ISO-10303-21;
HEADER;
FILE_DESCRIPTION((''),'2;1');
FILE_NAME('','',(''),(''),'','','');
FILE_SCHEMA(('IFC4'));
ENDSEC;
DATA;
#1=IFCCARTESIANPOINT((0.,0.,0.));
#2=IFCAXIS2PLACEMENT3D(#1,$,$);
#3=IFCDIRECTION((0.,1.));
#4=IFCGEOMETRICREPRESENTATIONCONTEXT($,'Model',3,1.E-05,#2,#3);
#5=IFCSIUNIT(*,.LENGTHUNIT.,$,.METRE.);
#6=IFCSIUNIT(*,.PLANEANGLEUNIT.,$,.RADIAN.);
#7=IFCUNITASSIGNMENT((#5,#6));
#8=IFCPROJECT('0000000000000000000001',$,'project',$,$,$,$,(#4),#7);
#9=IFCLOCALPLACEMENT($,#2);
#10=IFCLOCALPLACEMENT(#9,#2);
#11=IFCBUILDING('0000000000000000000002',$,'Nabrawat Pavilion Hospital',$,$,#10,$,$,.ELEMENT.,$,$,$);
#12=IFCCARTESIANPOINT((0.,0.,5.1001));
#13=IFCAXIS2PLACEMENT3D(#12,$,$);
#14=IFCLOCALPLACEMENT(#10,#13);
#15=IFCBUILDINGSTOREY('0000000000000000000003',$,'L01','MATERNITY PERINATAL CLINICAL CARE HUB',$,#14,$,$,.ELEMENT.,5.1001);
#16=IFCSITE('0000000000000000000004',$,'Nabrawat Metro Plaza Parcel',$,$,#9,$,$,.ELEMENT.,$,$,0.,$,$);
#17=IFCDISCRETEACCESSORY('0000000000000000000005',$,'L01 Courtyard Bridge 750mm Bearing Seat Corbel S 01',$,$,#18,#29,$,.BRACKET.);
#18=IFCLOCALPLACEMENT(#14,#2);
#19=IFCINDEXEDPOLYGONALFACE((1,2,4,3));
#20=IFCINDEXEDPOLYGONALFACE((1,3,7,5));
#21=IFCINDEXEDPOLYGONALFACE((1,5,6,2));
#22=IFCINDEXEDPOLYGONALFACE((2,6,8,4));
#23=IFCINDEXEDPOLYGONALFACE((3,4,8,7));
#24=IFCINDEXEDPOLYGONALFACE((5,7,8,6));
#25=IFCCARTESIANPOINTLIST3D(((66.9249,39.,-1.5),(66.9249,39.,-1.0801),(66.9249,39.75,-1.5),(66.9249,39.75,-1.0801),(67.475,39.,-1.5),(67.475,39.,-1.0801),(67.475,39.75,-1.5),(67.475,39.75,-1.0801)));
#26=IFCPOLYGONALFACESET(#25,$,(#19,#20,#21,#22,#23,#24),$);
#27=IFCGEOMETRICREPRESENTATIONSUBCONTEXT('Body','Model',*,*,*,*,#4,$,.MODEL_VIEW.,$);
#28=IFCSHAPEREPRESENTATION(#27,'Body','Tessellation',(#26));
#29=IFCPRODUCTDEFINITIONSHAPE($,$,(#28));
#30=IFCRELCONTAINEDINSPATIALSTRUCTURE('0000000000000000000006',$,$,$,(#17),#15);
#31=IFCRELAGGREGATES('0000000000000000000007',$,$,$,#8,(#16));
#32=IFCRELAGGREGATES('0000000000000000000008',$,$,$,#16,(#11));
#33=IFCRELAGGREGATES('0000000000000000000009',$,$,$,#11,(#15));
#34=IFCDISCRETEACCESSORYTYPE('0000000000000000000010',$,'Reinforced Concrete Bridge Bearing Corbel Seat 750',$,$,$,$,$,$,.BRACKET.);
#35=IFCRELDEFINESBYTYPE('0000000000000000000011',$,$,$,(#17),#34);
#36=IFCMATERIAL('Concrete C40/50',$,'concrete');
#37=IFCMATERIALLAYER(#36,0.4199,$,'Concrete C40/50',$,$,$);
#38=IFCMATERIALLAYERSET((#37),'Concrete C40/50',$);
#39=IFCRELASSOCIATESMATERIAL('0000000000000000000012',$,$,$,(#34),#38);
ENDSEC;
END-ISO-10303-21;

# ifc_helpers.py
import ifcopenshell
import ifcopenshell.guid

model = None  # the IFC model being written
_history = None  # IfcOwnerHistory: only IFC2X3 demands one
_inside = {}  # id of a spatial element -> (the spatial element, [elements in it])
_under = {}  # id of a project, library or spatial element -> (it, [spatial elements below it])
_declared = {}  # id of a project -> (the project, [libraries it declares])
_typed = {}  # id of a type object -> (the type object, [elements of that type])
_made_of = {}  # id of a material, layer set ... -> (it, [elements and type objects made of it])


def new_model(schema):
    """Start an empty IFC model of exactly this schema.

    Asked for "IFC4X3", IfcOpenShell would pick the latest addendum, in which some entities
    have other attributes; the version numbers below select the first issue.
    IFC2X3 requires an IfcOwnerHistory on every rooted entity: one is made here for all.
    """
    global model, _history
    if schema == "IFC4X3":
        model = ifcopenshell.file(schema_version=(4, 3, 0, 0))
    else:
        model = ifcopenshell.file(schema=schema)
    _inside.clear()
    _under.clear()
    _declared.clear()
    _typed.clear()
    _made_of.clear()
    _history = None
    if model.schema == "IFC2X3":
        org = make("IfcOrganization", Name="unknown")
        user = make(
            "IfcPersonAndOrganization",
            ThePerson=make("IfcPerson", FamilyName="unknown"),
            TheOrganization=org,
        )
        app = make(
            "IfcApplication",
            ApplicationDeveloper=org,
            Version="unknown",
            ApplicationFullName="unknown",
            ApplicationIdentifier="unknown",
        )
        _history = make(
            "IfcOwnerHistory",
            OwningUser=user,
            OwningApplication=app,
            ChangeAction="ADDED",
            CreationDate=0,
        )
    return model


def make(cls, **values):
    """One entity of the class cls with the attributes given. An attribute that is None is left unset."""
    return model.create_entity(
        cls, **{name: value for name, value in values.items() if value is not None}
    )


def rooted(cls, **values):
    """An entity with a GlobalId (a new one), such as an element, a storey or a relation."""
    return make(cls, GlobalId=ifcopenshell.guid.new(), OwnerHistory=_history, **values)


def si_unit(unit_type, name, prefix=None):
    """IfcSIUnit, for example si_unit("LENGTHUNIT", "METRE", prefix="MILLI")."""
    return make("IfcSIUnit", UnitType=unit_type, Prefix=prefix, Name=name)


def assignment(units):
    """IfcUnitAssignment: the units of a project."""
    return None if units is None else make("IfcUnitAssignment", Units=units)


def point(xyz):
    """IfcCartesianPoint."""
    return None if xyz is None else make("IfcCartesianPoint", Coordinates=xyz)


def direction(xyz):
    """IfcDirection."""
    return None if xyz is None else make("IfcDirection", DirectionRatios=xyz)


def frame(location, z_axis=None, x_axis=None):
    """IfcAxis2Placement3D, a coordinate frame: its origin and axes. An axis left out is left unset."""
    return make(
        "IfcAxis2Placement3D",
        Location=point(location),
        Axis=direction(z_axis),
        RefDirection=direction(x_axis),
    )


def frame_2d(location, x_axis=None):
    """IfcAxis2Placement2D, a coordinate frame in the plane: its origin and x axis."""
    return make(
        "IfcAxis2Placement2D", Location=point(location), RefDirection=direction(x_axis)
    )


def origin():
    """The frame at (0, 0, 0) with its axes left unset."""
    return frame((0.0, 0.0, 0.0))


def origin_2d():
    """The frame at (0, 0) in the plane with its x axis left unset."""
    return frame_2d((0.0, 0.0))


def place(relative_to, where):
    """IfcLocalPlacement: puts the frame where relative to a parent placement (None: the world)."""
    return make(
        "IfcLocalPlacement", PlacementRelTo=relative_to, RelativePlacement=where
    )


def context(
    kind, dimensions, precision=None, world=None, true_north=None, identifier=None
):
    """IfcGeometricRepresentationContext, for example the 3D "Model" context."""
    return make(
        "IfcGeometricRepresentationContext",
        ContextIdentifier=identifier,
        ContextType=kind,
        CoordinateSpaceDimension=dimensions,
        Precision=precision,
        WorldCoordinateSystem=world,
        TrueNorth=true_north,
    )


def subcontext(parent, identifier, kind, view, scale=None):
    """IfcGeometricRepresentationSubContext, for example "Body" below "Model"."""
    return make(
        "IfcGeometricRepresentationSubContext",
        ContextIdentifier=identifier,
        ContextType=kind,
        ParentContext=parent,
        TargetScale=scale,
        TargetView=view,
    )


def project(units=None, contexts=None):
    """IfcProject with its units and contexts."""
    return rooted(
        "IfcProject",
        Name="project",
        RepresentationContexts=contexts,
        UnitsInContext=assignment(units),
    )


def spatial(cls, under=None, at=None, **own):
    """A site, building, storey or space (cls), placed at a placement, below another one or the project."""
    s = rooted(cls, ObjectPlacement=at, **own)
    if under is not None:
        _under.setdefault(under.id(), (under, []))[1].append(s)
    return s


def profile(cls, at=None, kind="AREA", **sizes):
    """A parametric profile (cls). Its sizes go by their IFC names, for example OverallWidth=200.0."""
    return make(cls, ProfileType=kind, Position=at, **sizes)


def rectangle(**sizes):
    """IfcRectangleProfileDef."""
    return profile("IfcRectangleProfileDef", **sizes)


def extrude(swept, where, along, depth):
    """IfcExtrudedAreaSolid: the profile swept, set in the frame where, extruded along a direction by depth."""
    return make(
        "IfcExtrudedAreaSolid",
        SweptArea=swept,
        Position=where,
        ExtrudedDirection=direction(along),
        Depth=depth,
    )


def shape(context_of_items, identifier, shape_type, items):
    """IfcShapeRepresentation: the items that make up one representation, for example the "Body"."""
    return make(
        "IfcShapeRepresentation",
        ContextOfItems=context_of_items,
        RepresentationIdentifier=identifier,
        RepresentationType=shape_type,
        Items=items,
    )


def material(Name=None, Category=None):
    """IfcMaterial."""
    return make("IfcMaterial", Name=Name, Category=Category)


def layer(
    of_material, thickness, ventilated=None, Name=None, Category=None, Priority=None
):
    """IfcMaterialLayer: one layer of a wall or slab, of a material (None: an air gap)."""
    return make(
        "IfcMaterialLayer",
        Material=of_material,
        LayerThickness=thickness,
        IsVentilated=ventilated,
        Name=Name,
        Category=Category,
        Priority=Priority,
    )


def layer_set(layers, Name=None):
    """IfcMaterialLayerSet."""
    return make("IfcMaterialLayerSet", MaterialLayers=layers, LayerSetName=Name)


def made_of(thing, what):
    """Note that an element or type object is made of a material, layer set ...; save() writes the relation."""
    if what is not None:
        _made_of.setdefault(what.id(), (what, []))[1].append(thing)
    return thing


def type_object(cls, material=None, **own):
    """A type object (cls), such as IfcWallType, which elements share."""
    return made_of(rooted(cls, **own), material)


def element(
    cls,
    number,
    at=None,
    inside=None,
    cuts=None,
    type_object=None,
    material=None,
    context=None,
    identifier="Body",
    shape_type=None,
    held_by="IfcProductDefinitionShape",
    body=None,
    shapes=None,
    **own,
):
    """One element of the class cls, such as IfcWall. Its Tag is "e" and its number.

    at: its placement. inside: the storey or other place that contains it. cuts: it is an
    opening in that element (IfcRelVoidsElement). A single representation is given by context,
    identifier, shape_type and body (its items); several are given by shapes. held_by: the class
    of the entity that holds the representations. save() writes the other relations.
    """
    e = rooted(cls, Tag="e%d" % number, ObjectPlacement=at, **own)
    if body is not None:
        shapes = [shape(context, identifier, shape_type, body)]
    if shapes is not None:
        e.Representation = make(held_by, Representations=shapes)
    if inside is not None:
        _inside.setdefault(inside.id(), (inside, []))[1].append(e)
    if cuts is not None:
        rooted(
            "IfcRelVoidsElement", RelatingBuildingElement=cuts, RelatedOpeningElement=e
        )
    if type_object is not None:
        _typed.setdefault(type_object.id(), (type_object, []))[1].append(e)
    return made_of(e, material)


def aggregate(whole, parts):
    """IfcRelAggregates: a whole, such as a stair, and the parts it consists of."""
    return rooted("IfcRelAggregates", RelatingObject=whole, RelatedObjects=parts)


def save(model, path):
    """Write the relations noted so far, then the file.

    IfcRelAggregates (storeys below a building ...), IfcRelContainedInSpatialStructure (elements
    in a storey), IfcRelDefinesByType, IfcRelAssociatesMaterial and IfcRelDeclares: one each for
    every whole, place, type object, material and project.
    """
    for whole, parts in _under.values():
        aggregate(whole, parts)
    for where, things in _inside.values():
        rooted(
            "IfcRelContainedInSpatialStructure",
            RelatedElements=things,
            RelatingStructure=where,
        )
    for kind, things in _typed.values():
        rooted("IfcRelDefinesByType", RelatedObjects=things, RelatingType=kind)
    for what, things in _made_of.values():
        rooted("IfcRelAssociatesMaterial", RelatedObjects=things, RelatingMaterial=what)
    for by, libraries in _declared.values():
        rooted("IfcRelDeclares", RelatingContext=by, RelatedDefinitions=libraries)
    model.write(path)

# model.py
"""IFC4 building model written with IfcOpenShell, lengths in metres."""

from ifc_helpers import new_model, si_unit, direction, frame, origin, origin_2d, place, context, subcontext, project, spatial, rectangle, extrude, material, layer, layer_set, type_object, element, save


model = new_model("IFC4")

# Units and contexts
model_context = context("Model", 3, precision=1e-05, world=origin(), true_north=direction((0.0, 1.0)))
body_context = subcontext(model_context, "Body", "Model", "MODEL_VIEW")
ifc_project = project(units=[si_unit("LENGTHUNIT", "METRE"), si_unit("PLANEANGLEUNIT", "RADIAN")], contexts=[model_context])

# Site, building, storey
site_placement = place(None, origin())
site = spatial("IfcSite", under=ifc_project, at=site_placement, Name="Nabrawat Metro Plaza Parcel", CompositionType="ELEMENT", RefElevation=0.0)
building_placement = place(site_placement, origin())
building = spatial("IfcBuilding", under=site, at=building_placement, Name="Nabrawat Pavilion Hospital", CompositionType="ELEMENT")
storey_placement = place(building_placement, frame((0.0, 0.0, 5.1001)))
storey = spatial("IfcBuildingStorey", under=building, at=storey_placement, Name="L01", Description="MATERNITY PERINATAL CLINICAL CARE HUB", CompositionType="ELEMENT", Elevation=5.1001)

# Discrete accessory
ifc_material_1 = material(Name="Concrete C40/50", Category="concrete")
ifc_layer_1 = layer(ifc_material_1, 0.4199, Name="Concrete C40/50")
ifc_layer_set_1 = layer_set([ifc_layer_1], Name="Concrete C40/50")
discrete_accessory_type_1 = type_object("IfcDiscreteAccessoryType", Name="Reinforced Concrete Bridge Bearing Corbel Seat 750", PredefinedType="BRACKET", material=ifc_layer_set_1)
discrete_accessory_1_placement = place(storey_placement, frame((67.2, 39.375, -1.5), z_axis=(0.0, 0.0, 1.0), x_axis=(1.0, 0.0, 0.0)))
element("IfcDiscreteAccessory", 1, at=discrete_accessory_1_placement, inside=storey, type_object=discrete_accessory_type_1, Name="L01 Courtyard Bridge 750mm Bearing Seat Corbel S 01", PredefinedType="BRACKET", context=body_context, shape_type="SweptSolid", body=[
    extrude(rectangle(XDim=0.55, YDim=0.75, at=origin_2d()), origin(), (0.0, 0.0, 1.0), 0.4199),
])

save(model, "model.ifc")
